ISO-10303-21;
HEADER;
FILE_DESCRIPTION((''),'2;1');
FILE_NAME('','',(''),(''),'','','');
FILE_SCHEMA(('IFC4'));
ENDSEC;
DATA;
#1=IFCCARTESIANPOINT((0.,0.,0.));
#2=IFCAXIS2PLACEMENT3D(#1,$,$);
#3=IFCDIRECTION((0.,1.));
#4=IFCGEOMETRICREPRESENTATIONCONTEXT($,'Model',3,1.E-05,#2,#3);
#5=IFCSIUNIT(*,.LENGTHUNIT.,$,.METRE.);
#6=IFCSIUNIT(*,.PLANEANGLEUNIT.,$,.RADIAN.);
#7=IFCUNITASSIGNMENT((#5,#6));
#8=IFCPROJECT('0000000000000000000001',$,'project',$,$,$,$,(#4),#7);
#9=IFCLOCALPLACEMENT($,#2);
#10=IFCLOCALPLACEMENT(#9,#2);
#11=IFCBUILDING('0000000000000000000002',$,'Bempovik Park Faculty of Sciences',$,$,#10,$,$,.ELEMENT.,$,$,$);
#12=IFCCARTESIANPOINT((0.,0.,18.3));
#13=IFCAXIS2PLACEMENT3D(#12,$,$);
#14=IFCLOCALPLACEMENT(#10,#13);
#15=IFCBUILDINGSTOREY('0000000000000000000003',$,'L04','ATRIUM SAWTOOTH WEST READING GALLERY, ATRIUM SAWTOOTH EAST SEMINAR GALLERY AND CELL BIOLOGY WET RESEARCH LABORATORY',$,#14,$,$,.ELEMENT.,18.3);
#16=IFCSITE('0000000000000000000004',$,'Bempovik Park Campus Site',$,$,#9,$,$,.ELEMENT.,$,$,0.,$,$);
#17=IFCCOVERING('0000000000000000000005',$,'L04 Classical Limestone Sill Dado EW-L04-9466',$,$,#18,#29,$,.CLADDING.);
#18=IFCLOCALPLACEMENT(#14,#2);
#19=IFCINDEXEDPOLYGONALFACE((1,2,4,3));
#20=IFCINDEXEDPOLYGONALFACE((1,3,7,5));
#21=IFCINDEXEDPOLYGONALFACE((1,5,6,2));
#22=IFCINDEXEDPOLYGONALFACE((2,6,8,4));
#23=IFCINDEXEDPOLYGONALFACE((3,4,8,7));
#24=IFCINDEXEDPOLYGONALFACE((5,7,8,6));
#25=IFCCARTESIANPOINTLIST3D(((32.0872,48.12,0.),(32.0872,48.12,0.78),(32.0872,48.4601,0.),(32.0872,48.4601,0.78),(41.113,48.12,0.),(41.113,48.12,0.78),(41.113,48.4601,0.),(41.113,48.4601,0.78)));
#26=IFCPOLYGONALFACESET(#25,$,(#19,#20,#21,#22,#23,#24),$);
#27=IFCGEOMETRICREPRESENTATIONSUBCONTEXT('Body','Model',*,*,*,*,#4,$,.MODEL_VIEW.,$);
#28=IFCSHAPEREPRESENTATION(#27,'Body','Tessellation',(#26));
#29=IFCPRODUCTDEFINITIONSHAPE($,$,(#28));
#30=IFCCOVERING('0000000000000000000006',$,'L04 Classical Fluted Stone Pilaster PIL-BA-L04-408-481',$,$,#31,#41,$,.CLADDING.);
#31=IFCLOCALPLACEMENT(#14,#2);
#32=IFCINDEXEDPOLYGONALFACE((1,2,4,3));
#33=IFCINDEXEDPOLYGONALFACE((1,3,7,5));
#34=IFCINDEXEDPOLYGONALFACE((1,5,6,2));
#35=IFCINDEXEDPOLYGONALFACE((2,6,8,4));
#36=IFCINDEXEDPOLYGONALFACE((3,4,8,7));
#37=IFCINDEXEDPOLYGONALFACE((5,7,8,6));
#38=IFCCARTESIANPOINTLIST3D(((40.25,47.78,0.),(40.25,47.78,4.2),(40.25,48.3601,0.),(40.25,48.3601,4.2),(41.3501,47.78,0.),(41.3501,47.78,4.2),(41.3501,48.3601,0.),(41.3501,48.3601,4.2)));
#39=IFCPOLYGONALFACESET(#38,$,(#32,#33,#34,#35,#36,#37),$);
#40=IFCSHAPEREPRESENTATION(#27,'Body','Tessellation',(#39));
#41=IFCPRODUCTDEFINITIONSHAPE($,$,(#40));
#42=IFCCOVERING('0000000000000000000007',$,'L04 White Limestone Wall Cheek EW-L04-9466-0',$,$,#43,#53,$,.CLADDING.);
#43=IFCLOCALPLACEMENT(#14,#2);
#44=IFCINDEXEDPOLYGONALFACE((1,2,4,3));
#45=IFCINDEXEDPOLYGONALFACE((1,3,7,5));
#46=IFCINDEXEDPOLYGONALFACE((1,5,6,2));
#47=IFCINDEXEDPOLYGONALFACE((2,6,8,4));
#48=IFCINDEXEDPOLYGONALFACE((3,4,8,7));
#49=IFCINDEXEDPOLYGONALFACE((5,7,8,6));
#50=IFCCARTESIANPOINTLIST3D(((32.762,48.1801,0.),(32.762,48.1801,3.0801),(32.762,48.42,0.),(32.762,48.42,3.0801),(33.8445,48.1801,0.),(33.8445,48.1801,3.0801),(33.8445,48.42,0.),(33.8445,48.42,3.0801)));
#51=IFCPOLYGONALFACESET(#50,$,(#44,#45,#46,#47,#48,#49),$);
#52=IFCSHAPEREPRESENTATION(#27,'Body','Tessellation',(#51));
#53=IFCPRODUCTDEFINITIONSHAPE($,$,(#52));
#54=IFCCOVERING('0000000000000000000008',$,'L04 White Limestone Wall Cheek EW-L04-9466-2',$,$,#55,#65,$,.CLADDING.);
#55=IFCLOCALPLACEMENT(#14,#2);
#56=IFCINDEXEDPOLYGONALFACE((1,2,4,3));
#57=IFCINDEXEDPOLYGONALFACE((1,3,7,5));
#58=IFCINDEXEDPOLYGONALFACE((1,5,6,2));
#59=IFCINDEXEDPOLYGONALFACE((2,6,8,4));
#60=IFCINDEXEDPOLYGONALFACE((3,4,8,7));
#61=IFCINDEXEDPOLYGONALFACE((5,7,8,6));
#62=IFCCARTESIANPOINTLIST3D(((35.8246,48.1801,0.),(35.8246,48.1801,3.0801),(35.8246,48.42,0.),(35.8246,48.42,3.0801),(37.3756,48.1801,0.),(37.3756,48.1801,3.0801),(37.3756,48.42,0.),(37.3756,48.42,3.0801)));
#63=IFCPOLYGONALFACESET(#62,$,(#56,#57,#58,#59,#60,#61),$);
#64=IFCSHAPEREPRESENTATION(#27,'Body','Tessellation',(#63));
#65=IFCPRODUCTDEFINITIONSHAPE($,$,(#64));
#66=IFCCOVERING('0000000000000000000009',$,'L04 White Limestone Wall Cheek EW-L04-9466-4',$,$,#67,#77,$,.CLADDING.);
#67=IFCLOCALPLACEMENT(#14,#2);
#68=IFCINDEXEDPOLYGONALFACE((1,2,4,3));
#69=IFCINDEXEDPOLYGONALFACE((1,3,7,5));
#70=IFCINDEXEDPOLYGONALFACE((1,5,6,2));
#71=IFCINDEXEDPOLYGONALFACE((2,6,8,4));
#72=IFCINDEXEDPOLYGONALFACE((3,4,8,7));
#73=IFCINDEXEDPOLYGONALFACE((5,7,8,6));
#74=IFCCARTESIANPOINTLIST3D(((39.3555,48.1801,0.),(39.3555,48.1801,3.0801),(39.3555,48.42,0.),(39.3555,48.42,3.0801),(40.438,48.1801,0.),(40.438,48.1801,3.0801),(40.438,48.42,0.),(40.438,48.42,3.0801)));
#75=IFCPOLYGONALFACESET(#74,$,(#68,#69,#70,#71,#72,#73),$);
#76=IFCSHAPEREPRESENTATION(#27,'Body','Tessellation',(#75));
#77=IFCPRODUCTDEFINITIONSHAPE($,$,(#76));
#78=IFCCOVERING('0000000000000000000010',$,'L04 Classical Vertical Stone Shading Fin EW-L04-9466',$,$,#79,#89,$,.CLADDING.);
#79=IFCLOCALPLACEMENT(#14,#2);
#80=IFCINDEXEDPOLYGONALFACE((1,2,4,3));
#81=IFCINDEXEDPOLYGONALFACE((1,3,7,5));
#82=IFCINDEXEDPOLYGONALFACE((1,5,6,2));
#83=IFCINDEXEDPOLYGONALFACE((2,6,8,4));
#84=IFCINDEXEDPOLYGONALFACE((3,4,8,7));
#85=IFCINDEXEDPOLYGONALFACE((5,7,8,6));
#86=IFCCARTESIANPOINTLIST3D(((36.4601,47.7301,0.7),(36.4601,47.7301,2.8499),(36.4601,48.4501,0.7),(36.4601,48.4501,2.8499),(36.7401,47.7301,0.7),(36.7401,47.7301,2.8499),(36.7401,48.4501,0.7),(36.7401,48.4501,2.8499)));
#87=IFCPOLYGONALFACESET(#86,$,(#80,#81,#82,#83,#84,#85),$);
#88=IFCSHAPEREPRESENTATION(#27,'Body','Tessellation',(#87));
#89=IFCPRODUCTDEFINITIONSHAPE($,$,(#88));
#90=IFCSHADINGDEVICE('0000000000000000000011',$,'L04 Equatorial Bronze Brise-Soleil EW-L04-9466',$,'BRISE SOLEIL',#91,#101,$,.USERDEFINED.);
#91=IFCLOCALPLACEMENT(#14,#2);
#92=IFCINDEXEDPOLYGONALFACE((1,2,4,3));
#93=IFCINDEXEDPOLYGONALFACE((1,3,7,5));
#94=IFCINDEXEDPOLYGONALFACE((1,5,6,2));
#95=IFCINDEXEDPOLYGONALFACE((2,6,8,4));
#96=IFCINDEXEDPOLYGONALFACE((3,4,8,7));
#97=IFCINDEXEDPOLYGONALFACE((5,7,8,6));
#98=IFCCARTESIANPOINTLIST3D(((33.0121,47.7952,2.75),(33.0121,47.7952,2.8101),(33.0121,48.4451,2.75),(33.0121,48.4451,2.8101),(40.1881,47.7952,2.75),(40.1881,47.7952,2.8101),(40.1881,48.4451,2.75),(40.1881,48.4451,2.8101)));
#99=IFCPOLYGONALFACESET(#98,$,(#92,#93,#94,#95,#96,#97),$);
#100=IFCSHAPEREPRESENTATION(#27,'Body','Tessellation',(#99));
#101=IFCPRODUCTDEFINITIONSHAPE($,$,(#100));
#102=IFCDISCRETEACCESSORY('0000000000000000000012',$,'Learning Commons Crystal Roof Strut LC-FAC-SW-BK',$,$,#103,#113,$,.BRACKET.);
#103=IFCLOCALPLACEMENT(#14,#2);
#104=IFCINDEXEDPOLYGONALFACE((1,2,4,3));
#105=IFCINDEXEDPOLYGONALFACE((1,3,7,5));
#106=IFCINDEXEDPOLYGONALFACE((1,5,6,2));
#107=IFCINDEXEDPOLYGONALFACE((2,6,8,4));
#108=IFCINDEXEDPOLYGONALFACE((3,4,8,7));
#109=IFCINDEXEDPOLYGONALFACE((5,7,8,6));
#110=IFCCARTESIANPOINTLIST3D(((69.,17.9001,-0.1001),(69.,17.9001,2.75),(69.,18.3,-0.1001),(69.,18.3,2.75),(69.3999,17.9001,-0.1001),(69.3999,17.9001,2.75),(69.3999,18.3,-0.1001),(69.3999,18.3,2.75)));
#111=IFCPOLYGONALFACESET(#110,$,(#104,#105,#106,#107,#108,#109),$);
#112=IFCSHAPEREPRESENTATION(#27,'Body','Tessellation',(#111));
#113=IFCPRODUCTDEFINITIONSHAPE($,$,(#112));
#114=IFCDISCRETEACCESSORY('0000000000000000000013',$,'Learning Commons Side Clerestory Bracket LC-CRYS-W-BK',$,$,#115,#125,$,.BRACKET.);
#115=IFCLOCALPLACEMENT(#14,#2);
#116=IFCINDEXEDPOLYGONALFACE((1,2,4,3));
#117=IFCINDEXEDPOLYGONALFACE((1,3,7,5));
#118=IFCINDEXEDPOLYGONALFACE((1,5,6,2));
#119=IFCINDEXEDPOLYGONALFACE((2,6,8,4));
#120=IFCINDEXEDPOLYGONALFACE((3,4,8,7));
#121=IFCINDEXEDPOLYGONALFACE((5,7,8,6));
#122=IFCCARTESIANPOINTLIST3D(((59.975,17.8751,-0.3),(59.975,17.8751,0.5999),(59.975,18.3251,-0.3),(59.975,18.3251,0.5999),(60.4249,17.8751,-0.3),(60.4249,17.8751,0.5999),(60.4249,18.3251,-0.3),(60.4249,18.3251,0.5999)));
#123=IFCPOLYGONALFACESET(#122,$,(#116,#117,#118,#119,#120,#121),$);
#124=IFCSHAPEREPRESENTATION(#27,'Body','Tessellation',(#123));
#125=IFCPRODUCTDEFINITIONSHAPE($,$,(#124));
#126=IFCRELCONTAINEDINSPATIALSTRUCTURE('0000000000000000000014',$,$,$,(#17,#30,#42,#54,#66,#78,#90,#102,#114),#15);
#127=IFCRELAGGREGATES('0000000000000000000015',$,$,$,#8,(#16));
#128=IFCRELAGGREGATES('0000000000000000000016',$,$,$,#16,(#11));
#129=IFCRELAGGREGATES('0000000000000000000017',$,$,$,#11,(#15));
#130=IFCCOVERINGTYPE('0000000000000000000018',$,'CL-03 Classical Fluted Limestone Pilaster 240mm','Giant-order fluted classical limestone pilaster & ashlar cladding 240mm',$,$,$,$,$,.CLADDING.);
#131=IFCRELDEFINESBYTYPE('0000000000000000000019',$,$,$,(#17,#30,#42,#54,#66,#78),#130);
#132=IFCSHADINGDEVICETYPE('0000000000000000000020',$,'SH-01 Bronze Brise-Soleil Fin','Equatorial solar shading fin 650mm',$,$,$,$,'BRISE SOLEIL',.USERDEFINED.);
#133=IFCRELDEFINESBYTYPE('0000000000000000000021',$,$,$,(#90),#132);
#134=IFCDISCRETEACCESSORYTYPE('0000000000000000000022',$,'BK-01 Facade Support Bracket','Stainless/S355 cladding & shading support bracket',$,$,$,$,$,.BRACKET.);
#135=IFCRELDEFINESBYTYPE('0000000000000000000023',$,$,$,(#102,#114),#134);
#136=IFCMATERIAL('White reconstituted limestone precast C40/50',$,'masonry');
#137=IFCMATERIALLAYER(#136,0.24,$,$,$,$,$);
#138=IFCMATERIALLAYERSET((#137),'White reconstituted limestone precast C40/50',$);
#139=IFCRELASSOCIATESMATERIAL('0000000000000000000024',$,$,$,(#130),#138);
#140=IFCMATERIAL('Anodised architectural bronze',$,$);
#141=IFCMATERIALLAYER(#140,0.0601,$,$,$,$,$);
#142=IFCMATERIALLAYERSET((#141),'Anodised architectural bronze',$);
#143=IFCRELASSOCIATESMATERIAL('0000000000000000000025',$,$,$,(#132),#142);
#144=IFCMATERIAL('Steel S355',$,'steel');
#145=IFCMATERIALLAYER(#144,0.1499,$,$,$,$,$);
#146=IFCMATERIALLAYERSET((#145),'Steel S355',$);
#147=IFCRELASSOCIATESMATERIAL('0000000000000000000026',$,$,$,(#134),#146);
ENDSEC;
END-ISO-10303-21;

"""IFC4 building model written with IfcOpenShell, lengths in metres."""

from ifc_helpers import new_model, si_unit, direction, frame, origin, origin_2d, place, context, subcontext, project, spatial, rectangle, extrude, material, layer, layer_set, type_object, element, save


model = new_model("IFC4")

# Units and contexts
model_context = context("Model", 3, precision=1e-05, world=origin(), true_north=direction((0.0, 1.0)))
body_context = subcontext(model_context, "Body", "Model", "MODEL_VIEW")
ifc_project = project(units=[si_unit("LENGTHUNIT", "METRE"), si_unit("PLANEANGLEUNIT", "RADIAN")], contexts=[model_context])

# Site, building, storey
site_placement = place(None, origin())
site = spatial("IfcSite", under=ifc_project, at=site_placement, Name="Bempovik Park Campus Site", CompositionType="ELEMENT", RefElevation=0.0)
building_placement = place(site_placement, origin())
building = spatial("IfcBuilding", under=site, at=building_placement, Name="Bempovik Park Faculty of Sciences", CompositionType="ELEMENT")
storey_placement = place(building_placement, frame((0.0, 0.0, 18.3)))
storey = spatial("IfcBuildingStorey", under=building, at=storey_placement, Name="L04", Description="ATRIUM SAWTOOTH WEST READING GALLERY, ATRIUM SAWTOOTH EAST SEMINAR GALLERY AND CELL BIOLOGY WET RESEARCH LABORATORY", CompositionType="ELEMENT", Elevation=18.3)

# Coverings
ifc_material_1 = material(Name="White reconstituted limestone precast C40/50", Category="masonry")
ifc_layer_1 = layer(ifc_material_1, 0.24)
ifc_layer_set_1 = layer_set([ifc_layer_1], Name="White reconstituted limestone precast C40/50")
covering_type_1 = type_object("IfcCoveringType", Name="CL-03 Classical Fluted Limestone Pilaster 240mm", Description="Giant-order fluted classical limestone pilaster & ashlar cladding 240mm", PredefinedType="CLADDING", material=ifc_layer_set_1)
covering_1_placement = place(storey_placement, frame((36.6001, 48.29, 0.0), z_axis=(0.0, 0.0, 1.0), x_axis=(1.0, 0.0, 0.0)))
element("IfcCovering", 1, at=covering_1_placement, inside=storey, type_object=covering_type_1, Name="L04 Classical Limestone Sill Dado EW-L04-9466", PredefinedType="CLADDING", context=body_context, shape_type="SweptSolid", body=[
    extrude(rectangle(XDim=9.0259, YDim=0.3401, at=origin_2d()), origin(), (0.0, 0.0, 1.0), 0.78),
])
covering_2_placement = place(storey_placement, frame((40.8, 48.0701, 0.0), z_axis=(0.0, 0.0, 1.0), x_axis=(1.0, 0.0, 0.0)))
element("IfcCovering", 2, at=covering_2_placement, inside=storey, type_object=covering_type_1, Name="L04 Classical Fluted Stone Pilaster PIL-BA-L04-408-481", PredefinedType="CLADDING", context=body_context, shape_type="SweptSolid", body=[
    extrude(rectangle(XDim=1.1001, YDim=0.5801, at=origin_2d()), origin(), (0.0, 0.0, 1.0), 4.2),
])
covering_3_placement = place(storey_placement, frame((33.3032, 48.3, 0.0), z_axis=(0.0, 0.0, 1.0), x_axis=(1.0, 0.0, 0.0)))
element("IfcCovering", 3, at=covering_3_placement, inside=storey, type_object=covering_type_1, Name="L04 White Limestone Wall Cheek EW-L04-9466-0", PredefinedType="CLADDING", context=body_context, shape_type="SweptSolid", body=[
    extrude(rectangle(XDim=1.0825, YDim=0.24, at=origin_2d()), origin(), (0.0, 0.0, 1.0), 3.0801),
])
covering_4_placement = place(storey_placement, frame((36.6001, 48.3, 0.0), z_axis=(0.0, 0.0, 1.0), x_axis=(1.0, 0.0, 0.0)))
element("IfcCovering", 4, at=covering_4_placement, inside=storey, type_object=covering_type_1, Name="L04 White Limestone Wall Cheek EW-L04-9466-2", PredefinedType="CLADDING", context=body_context, shape_type="SweptSolid", body=[
    extrude(rectangle(XDim=1.551, YDim=0.24, at=origin_2d()), origin(), (0.0, 0.0, 1.0), 3.0801),
])
covering_5_placement = place(storey_placement, frame((39.8967, 48.3, 0.0), z_axis=(0.0, 0.0, 1.0), x_axis=(1.0, 0.0, 0.0)))
element("IfcCovering", 5, at=covering_5_placement, inside=storey, type_object=covering_type_1, Name="L04 White Limestone Wall Cheek EW-L04-9466-4", PredefinedType="CLADDING", context=body_context, shape_type="SweptSolid", body=[
    extrude(rectangle(XDim=1.0825, YDim=0.24, at=origin_2d()), origin(), (0.0, 0.0, 1.0), 3.0801),
])
covering_6_placement = place(storey_placement, frame((36.6001, 48.0901, 0.7), z_axis=(0.0, 0.0, 1.0), x_axis=(1.0, 0.0, 0.0)))
element("IfcCovering", 6, at=covering_6_placement, inside=storey, type_object=covering_type_1, Name="L04 Classical Vertical Stone Shading Fin EW-L04-9466", PredefinedType="CLADDING", context=body_context, shape_type="SweptSolid", body=[
    extrude(rectangle(XDim=0.28, YDim=0.72, at=origin_2d()), origin(), (0.0, 0.0, 1.0), 2.1499),
])

# Shading device
ifc_material_2 = material(Name="Anodised architectural bronze")
ifc_layer_2 = layer(ifc_material_2, 0.0601)
ifc_layer_set_2 = layer_set([ifc_layer_2], Name="Anodised architectural bronze")
shading_device_type = type_object("IfcShadingDeviceType", Name="SH-01 Bronze Brise-Soleil Fin", Description="Equatorial solar shading fin 650mm", ElementType="BRISE SOLEIL", PredefinedType="USERDEFINED", material=ifc_layer_set_2)
shading_device_placement = place(storey_placement, frame((36.6001, 48.1201, 2.75), z_axis=(0.0, 0.0, 1.0), x_axis=(1.0, 0.0, 0.0)))
element("IfcShadingDevice", 7, at=shading_device_placement, inside=storey, type_object=shading_device_type, Name="L04 Equatorial Bronze Brise-Soleil EW-L04-9466", ObjectType="BRISE SOLEIL", PredefinedType="USERDEFINED", context=body_context, shape_type="SweptSolid", body=[
    extrude(rectangle(XDim=7.176, YDim=0.6499, at=origin_2d()), origin(), (0.0, 0.0, 1.0), 0.0601),
])

# Discrete accessories
ifc_material_3 = material(Name="Steel S355", Category="steel")
ifc_layer_3 = layer(ifc_material_3, 0.1499)
ifc_layer_set_3 = layer_set([ifc_layer_3], Name="Steel S355")
discrete_accessory_type = type_object("IfcDiscreteAccessoryType", Name="BK-01 Facade Support Bracket", Description="Stainless/S355 cladding & shading support bracket", PredefinedType="BRACKET", material=ifc_layer_set_3)
discrete_accessory_1_placement = place(storey_placement, frame((69.2, 18.1001, -0.1001), z_axis=(0.0, 0.0, 1.0), x_axis=(1.0, 0.0, 0.0)))
element("IfcDiscreteAccessory", 8, at=discrete_accessory_1_placement, inside=storey, type_object=discrete_accessory_type, Name="Learning Commons Crystal Roof Strut LC-FAC-SW-BK", PredefinedType="BRACKET", context=body_context, shape_type="SweptSolid", body=[
    extrude(rectangle(XDim=0.3999, YDim=0.3999, at=origin_2d()), origin(), (0.0, 0.0, 1.0), 2.8501),
])
discrete_accessory_2_placement = place(storey_placement, frame((60.2, 18.1001, -0.3), z_axis=(0.0, 0.0, 1.0), x_axis=(1.0, 0.0, 0.0)))
element("IfcDiscreteAccessory", 9, at=discrete_accessory_2_placement, inside=storey, type_object=discrete_accessory_type, Name="Learning Commons Side Clerestory Bracket LC-CRYS-W-BK", PredefinedType="BRACKET", context=body_context, shape_type="SweptSolid", body=[
    extrude(rectangle(XDim=0.45, YDim=0.45, at=origin_2d()), origin(), (0.0, 0.0, 1.0), 0.8999),
])

save(model, "model.ifc")
